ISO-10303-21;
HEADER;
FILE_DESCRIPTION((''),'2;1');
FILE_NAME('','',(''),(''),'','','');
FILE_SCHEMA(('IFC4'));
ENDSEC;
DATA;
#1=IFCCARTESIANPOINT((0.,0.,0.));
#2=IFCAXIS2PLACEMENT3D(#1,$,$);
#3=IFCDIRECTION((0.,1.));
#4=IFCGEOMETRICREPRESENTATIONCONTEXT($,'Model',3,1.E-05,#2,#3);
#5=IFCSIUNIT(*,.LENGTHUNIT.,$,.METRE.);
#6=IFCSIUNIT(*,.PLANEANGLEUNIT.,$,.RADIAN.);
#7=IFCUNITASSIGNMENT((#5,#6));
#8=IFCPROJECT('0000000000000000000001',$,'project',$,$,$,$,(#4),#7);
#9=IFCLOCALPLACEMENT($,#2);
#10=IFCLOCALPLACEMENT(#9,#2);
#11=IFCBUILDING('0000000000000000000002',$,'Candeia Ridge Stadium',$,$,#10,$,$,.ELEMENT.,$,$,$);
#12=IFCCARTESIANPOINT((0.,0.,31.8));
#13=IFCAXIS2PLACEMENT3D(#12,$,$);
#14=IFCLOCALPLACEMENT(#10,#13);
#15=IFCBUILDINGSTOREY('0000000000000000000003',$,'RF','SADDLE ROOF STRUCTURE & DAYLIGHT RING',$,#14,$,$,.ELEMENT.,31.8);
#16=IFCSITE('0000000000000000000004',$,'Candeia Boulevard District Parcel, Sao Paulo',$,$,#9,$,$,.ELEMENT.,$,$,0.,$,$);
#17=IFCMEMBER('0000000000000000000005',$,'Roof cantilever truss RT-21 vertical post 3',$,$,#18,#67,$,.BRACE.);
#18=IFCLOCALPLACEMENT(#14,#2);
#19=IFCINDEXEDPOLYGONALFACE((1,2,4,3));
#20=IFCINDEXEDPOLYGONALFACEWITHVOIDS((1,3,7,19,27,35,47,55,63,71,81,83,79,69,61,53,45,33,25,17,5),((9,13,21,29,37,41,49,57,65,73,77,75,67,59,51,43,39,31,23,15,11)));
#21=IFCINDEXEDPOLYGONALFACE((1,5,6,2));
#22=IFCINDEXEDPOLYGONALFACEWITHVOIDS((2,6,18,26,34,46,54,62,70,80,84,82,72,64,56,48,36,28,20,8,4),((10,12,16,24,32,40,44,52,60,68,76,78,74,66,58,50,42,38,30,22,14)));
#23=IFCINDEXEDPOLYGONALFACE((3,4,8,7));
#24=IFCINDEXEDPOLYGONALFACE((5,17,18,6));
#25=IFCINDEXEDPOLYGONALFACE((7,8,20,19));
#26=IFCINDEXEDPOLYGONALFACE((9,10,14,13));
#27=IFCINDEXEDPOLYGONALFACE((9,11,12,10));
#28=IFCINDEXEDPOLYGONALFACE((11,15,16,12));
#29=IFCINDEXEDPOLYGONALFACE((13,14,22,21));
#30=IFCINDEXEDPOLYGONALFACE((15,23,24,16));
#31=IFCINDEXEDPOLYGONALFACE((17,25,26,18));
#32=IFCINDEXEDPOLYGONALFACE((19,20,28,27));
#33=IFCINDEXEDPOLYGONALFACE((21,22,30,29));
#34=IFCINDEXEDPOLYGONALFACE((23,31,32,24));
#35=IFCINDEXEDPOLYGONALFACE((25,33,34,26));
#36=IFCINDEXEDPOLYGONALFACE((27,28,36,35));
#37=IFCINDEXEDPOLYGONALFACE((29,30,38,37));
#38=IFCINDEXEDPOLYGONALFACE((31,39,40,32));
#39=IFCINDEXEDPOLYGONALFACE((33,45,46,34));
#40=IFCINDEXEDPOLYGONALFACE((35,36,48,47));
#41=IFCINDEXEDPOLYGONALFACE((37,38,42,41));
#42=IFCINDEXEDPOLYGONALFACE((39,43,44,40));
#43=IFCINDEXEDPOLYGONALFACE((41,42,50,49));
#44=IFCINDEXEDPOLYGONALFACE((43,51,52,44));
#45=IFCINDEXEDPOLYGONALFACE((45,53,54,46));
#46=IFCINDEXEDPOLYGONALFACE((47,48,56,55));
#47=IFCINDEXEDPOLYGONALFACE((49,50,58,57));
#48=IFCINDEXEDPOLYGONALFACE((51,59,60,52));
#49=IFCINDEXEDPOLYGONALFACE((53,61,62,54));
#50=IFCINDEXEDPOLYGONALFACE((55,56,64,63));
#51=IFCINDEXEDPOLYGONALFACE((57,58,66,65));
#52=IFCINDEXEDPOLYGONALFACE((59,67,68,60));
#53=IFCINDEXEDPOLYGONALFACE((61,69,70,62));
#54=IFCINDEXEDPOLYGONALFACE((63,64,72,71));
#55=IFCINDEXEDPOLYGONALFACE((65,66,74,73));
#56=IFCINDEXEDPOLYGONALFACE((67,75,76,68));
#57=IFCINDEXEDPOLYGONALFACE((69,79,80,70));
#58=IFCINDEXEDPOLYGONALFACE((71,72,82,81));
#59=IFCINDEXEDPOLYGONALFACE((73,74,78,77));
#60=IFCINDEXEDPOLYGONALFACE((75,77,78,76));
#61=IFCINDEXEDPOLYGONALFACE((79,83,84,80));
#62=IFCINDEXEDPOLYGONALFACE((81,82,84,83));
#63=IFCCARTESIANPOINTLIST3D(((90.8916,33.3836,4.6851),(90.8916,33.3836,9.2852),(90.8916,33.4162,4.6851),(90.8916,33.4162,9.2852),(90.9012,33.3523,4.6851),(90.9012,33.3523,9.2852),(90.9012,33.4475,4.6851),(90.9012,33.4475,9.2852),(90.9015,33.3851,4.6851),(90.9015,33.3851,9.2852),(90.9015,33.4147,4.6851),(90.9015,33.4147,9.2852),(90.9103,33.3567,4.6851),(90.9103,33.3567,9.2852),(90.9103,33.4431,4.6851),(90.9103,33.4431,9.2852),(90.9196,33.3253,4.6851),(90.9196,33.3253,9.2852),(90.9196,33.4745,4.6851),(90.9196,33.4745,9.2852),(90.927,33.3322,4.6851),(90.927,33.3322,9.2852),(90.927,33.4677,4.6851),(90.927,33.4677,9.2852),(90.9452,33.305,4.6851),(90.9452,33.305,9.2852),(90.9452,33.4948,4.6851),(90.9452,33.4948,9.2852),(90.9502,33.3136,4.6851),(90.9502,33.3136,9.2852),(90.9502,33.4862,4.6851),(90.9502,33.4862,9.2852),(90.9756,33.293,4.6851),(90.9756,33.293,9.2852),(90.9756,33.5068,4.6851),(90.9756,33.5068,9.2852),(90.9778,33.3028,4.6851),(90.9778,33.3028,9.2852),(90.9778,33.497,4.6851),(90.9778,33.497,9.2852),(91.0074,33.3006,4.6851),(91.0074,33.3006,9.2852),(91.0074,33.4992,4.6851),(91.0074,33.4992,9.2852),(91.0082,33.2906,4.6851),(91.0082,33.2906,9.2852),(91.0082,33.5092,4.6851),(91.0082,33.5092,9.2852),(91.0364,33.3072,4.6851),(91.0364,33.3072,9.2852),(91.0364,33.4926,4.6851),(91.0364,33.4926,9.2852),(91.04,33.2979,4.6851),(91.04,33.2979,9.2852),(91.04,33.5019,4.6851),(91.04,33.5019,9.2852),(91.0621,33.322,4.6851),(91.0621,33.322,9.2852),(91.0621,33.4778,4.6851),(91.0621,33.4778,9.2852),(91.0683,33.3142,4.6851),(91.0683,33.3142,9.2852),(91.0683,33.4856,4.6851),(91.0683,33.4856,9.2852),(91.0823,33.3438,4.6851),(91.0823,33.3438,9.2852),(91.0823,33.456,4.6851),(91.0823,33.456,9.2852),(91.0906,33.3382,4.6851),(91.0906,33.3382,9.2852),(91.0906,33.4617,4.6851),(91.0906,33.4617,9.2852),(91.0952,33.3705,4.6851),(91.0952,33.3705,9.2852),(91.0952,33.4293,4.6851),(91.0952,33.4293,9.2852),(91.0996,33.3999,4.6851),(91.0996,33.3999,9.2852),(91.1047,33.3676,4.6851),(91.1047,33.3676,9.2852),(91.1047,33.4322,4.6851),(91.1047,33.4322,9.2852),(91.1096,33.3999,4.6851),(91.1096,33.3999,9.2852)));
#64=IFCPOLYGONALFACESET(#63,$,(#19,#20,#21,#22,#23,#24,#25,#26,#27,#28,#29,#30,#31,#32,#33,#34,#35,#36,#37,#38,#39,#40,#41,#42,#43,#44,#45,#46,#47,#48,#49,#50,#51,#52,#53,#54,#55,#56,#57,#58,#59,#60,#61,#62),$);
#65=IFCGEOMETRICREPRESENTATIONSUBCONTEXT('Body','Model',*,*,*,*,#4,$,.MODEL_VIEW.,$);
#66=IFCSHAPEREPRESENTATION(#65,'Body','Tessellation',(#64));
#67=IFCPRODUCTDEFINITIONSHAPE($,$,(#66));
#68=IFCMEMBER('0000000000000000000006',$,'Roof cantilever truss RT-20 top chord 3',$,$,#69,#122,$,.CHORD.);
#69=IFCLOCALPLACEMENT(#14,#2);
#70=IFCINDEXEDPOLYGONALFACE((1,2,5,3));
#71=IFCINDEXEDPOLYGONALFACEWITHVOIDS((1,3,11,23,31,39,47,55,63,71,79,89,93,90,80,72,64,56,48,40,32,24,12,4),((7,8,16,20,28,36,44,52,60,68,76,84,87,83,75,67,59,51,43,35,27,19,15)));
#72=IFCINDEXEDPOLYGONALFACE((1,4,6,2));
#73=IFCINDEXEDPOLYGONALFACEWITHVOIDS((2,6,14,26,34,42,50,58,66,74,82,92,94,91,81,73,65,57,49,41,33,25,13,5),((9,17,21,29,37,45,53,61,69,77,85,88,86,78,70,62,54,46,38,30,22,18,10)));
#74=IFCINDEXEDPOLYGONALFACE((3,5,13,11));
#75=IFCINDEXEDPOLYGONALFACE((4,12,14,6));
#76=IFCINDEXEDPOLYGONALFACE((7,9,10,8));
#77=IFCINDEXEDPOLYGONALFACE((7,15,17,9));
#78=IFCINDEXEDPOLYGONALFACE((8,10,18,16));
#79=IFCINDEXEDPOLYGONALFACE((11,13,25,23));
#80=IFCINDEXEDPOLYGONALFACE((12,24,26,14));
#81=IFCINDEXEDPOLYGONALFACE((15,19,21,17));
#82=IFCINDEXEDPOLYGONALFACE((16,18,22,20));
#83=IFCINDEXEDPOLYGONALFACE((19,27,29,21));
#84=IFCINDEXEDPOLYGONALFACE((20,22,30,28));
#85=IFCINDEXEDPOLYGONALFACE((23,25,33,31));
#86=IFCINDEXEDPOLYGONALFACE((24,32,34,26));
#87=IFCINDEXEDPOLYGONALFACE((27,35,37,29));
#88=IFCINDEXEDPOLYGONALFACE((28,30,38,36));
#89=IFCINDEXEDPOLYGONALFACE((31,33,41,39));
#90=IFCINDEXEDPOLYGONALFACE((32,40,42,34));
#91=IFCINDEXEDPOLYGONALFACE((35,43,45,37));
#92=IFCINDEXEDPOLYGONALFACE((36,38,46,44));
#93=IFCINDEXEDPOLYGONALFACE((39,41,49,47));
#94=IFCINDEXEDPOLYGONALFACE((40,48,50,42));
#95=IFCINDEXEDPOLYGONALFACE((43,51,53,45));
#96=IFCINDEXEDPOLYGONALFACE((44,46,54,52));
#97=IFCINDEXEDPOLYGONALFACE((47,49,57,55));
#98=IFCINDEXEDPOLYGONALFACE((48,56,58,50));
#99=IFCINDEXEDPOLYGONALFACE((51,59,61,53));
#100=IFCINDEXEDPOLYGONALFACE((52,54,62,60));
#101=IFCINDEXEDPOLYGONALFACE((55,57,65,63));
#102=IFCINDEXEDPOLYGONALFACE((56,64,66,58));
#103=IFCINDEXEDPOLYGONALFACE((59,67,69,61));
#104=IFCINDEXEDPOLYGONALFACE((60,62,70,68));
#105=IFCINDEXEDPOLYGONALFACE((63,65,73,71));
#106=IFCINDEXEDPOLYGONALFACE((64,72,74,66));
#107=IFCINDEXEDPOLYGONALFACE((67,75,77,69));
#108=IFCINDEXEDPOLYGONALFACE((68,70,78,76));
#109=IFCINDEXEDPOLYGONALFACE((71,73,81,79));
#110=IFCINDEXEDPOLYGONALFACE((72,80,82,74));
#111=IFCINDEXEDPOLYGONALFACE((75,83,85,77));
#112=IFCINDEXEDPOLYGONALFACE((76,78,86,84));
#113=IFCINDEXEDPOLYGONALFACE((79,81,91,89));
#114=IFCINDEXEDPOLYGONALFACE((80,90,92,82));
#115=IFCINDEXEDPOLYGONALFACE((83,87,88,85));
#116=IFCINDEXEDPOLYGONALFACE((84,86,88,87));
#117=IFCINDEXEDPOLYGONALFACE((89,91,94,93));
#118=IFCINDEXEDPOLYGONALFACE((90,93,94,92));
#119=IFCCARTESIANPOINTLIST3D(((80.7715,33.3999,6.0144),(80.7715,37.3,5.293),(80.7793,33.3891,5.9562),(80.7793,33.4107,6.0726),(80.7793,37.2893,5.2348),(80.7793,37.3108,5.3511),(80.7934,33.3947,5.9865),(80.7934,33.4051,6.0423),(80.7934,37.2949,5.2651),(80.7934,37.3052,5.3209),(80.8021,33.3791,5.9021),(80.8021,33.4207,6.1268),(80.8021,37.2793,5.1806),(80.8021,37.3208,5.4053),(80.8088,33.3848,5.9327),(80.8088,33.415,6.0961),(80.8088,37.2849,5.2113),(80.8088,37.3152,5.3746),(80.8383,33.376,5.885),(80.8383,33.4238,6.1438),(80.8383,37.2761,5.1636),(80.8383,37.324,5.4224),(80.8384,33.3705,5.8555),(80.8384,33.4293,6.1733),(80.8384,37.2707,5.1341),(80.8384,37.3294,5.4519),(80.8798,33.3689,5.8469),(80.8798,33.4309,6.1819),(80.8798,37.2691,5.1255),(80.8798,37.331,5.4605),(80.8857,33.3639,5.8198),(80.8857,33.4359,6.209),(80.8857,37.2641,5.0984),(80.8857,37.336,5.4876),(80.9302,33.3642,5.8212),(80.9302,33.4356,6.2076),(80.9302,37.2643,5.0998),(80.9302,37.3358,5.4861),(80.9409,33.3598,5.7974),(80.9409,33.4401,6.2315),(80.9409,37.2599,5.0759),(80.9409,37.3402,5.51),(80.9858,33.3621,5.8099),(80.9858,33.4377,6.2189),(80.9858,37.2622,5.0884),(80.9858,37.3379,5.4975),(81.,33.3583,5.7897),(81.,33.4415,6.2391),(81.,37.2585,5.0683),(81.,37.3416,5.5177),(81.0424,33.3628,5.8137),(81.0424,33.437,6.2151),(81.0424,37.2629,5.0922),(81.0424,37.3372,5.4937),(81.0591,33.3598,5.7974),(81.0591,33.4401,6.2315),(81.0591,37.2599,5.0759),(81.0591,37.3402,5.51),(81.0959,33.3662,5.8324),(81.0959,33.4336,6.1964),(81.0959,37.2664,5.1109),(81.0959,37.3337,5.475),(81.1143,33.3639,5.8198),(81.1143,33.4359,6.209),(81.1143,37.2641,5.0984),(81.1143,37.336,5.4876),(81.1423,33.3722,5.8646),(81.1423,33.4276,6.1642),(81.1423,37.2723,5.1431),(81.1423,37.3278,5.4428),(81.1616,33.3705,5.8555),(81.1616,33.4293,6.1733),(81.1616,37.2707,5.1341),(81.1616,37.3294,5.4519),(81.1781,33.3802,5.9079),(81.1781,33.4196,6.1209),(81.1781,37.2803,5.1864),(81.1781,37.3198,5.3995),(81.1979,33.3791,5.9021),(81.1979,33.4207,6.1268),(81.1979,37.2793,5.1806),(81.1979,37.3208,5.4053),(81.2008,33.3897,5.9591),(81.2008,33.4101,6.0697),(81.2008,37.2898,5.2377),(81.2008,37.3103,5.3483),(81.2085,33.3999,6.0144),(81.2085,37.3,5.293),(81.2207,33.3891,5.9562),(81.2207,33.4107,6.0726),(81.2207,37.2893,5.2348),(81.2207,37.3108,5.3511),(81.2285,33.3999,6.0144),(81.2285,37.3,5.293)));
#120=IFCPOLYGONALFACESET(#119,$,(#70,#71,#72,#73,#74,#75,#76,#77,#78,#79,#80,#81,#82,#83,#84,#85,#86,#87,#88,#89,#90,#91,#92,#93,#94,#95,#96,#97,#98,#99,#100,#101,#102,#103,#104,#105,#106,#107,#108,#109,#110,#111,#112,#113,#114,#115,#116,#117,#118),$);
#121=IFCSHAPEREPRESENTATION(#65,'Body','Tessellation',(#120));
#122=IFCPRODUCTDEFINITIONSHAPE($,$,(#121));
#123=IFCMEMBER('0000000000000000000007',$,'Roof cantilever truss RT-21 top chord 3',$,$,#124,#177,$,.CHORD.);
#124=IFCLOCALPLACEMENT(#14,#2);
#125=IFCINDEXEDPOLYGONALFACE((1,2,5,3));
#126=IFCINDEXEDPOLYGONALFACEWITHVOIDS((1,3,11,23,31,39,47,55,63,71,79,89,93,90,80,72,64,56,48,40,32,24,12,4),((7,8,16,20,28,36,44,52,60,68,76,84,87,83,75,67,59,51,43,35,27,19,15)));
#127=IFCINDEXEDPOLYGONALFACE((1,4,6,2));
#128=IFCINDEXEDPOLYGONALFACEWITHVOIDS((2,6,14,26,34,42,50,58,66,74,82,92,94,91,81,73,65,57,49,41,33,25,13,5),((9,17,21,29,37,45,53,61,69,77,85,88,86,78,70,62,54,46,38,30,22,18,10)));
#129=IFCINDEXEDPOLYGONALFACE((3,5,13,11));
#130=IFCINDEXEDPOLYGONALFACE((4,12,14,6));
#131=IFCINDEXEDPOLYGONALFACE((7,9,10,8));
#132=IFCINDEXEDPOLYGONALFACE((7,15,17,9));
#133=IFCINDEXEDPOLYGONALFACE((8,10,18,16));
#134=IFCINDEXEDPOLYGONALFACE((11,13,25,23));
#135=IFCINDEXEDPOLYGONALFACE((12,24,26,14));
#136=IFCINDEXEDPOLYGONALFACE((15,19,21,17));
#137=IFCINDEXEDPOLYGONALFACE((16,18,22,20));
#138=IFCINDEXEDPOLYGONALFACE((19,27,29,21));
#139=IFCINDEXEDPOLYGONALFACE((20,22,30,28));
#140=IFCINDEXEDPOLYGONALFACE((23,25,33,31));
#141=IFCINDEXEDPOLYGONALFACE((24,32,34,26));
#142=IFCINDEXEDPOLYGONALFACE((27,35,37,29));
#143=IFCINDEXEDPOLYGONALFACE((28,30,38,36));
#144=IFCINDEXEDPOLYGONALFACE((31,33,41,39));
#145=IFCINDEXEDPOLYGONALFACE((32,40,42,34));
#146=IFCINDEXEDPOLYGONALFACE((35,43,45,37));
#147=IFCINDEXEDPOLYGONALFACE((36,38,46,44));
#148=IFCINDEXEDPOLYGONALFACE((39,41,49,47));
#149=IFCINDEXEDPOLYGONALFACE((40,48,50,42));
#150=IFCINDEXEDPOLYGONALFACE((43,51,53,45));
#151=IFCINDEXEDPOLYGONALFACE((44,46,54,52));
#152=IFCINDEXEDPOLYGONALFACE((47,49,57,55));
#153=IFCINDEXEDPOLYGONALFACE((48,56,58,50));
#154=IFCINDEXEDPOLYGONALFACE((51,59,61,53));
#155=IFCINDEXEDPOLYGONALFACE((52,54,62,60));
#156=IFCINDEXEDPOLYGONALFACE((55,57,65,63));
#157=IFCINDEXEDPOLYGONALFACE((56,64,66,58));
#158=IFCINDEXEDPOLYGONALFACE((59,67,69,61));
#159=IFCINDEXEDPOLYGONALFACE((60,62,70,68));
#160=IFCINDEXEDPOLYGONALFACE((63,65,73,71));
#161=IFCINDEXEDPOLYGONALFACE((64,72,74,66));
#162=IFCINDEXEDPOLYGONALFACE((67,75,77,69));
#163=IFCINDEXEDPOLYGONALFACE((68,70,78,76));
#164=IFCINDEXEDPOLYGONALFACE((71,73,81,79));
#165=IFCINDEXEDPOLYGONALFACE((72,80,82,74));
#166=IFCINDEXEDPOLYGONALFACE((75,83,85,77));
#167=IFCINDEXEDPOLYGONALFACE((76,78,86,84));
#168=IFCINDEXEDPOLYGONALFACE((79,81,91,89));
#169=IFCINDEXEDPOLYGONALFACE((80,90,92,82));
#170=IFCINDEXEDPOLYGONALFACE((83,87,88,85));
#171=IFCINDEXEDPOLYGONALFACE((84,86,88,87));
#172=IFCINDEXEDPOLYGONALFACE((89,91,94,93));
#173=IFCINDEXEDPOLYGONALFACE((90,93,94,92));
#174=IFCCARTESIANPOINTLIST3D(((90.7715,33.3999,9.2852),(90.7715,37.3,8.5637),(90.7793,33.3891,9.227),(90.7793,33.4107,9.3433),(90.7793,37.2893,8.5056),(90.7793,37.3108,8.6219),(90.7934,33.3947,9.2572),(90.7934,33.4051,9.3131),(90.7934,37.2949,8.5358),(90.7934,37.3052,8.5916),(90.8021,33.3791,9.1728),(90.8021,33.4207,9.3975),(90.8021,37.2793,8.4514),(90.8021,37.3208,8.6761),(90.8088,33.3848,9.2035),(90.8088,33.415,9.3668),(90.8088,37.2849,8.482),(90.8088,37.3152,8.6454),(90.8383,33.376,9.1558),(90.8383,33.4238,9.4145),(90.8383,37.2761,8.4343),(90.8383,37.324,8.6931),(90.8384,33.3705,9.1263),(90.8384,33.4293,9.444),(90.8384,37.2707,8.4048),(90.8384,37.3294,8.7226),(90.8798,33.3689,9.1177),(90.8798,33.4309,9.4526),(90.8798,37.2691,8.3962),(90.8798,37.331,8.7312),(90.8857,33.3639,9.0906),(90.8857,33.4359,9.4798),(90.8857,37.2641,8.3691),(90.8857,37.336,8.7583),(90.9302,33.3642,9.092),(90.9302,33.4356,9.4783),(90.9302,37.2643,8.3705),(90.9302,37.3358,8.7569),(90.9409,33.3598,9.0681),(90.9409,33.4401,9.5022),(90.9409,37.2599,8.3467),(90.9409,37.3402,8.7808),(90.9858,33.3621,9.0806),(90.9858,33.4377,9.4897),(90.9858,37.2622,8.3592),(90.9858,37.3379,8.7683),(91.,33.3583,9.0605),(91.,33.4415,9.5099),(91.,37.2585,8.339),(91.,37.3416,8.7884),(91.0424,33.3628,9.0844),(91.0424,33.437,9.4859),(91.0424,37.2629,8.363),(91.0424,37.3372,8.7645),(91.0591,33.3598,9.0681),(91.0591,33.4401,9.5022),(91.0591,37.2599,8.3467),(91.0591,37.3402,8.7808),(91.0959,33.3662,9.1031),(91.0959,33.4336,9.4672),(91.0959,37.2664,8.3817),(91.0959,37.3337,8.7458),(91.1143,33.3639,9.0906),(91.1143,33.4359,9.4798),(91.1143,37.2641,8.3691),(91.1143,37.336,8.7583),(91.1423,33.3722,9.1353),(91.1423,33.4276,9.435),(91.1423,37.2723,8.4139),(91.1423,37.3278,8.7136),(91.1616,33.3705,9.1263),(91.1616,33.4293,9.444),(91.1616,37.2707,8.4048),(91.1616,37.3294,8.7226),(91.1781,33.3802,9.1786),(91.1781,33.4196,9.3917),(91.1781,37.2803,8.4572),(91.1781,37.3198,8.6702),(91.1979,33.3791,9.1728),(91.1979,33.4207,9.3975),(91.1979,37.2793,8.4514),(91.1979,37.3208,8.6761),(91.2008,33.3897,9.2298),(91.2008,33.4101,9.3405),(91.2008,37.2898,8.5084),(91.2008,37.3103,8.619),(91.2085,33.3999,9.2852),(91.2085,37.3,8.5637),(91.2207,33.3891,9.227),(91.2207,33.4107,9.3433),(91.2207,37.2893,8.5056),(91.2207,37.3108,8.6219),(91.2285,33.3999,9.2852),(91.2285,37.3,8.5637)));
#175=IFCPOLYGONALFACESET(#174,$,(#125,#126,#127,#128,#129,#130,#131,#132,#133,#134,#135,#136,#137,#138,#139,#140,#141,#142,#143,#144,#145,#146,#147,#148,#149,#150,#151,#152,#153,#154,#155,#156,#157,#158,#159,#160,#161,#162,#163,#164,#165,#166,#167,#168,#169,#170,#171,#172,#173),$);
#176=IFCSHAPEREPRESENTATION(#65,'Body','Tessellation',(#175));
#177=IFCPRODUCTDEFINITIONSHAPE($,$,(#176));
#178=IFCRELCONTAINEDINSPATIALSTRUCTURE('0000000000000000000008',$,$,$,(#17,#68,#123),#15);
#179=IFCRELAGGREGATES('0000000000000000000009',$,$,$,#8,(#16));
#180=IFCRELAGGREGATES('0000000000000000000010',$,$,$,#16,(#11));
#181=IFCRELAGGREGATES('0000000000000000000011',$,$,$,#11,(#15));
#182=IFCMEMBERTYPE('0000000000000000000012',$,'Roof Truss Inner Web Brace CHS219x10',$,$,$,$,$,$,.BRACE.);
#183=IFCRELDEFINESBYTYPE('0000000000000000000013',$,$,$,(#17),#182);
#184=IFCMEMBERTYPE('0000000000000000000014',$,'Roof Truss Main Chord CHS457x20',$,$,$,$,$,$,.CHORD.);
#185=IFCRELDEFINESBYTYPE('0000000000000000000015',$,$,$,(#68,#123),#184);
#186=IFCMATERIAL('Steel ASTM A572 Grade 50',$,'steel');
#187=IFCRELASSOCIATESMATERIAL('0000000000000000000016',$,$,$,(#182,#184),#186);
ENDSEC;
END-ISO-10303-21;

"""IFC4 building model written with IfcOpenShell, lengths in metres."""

from ifc_helpers import new_model, si_unit, direction, frame, origin, origin_2d, place, context, subcontext, project, spatial, hollow_circle, extrude, material, material_profile, profile_set, type_object, element, save


model = new_model("IFC4")

# Units and contexts
model_context = context("Model", 3, precision=1e-05, world=origin(), true_north=direction((0.0, 1.0)))
body_context = subcontext(model_context, "Body", "Model", "MODEL_VIEW")
ifc_project = project(units=[si_unit("LENGTHUNIT", "METRE"), si_unit("PLANEANGLEUNIT", "RADIAN")], contexts=[model_context])

# Site, building, storey
site_placement = place(None, origin())
site = spatial("IfcSite", under=ifc_project, at=site_placement, Name="Candeia Boulevard District Parcel, Sao Paulo", CompositionType="ELEMENT", RefElevation=0.0)
building_placement = place(site_placement, origin())
building = spatial("IfcBuilding", under=site, at=building_placement, Name="Candeia Ridge Stadium", CompositionType="ELEMENT")
storey_placement = place(building_placement, frame((0.0, 0.0, 31.8)))
storey = spatial("IfcBuildingStorey", under=building, at=storey_placement, Name="RF", Description="SADDLE ROOF STRUCTURE & DAYLIGHT RING", CompositionType="ELEMENT", Elevation=31.8)

# Shared definitions
ifc_material_1 = material(Name="Steel ASTM A572 Grade 50", Category="steel")

# Members
ifc_material_profile_1 = material_profile(ifc_material_1, hollow_circle(Radius=0.1096, WallThickness=0.01, at=origin_2d()), Name="CHS219x10", Category="steel")
ifc_profile_set_1 = profile_set([ifc_material_profile_1], Name="Steel ASTM A572 Grade 50")
member_type_1 = type_object("IfcMemberType", Name="Roof Truss Inner Web Brace CHS219x10", PredefinedType="BRACE", material=ifc_profile_set_1)
member_1_placement = place(storey_placement, frame((91.0, 33.3999, 4.6851), z_axis=(0.0, 0.0, 1.0), x_axis=(1.0, 0.0, 0.0)))
element("IfcMember", 1, at=member_1_placement, inside=storey, type_object=member_type_1, Name="Roof cantilever truss RT-21 vertical post 3", PredefinedType="BRACE", context=body_context, shape_type="SweptSolid", body=[
    extrude(hollow_circle(Radius=0.1096, WallThickness=0.01, at=origin_2d()), origin(), (0.0, 0.0, 1.0), 4.6001),
])
ifc_material_profile_2 = material_profile(ifc_material_1, hollow_circle(Radius=0.2285, WallThickness=0.02, at=origin_2d()), Name="CHS457x20", Category="steel")
ifc_profile_set_2 = profile_set([ifc_material_profile_2], Name="Steel ASTM A572 Grade 50")
member_type_2 = type_object("IfcMemberType", Name="Roof Truss Main Chord CHS457x20", PredefinedType="CHORD", material=ifc_profile_set_2)
for number, where, z_axis, x_axis, name in (
    (2, (81.0, 37.3, 5.293), (0.0, -0.983319, 0.181891), (1.0, 0.0, 0.0), "Roof cantilever truss RT-20 top chord 3"),
    (3, (91.0, 37.3, 8.5637), (0.0, -0.983319, 0.181891), (1.0, 0.0, 0.0), "Roof cantilever truss RT-21 top chord 3"),
):
    element("IfcMember", number, at=place(storey_placement, frame(where, z_axis=z_axis, x_axis=x_axis)), inside=storey, type_object=member_type_2, Name=name, PredefinedType="CHORD", context=body_context, shape_type="SweptSolid", body=[
        extrude(hollow_circle(Radius=0.2285, WallThickness=0.02, at=origin_2d()), origin(), (0.0, 0.0, 1.0), 3.9663),
    ])

save(model, "model.ifc")
